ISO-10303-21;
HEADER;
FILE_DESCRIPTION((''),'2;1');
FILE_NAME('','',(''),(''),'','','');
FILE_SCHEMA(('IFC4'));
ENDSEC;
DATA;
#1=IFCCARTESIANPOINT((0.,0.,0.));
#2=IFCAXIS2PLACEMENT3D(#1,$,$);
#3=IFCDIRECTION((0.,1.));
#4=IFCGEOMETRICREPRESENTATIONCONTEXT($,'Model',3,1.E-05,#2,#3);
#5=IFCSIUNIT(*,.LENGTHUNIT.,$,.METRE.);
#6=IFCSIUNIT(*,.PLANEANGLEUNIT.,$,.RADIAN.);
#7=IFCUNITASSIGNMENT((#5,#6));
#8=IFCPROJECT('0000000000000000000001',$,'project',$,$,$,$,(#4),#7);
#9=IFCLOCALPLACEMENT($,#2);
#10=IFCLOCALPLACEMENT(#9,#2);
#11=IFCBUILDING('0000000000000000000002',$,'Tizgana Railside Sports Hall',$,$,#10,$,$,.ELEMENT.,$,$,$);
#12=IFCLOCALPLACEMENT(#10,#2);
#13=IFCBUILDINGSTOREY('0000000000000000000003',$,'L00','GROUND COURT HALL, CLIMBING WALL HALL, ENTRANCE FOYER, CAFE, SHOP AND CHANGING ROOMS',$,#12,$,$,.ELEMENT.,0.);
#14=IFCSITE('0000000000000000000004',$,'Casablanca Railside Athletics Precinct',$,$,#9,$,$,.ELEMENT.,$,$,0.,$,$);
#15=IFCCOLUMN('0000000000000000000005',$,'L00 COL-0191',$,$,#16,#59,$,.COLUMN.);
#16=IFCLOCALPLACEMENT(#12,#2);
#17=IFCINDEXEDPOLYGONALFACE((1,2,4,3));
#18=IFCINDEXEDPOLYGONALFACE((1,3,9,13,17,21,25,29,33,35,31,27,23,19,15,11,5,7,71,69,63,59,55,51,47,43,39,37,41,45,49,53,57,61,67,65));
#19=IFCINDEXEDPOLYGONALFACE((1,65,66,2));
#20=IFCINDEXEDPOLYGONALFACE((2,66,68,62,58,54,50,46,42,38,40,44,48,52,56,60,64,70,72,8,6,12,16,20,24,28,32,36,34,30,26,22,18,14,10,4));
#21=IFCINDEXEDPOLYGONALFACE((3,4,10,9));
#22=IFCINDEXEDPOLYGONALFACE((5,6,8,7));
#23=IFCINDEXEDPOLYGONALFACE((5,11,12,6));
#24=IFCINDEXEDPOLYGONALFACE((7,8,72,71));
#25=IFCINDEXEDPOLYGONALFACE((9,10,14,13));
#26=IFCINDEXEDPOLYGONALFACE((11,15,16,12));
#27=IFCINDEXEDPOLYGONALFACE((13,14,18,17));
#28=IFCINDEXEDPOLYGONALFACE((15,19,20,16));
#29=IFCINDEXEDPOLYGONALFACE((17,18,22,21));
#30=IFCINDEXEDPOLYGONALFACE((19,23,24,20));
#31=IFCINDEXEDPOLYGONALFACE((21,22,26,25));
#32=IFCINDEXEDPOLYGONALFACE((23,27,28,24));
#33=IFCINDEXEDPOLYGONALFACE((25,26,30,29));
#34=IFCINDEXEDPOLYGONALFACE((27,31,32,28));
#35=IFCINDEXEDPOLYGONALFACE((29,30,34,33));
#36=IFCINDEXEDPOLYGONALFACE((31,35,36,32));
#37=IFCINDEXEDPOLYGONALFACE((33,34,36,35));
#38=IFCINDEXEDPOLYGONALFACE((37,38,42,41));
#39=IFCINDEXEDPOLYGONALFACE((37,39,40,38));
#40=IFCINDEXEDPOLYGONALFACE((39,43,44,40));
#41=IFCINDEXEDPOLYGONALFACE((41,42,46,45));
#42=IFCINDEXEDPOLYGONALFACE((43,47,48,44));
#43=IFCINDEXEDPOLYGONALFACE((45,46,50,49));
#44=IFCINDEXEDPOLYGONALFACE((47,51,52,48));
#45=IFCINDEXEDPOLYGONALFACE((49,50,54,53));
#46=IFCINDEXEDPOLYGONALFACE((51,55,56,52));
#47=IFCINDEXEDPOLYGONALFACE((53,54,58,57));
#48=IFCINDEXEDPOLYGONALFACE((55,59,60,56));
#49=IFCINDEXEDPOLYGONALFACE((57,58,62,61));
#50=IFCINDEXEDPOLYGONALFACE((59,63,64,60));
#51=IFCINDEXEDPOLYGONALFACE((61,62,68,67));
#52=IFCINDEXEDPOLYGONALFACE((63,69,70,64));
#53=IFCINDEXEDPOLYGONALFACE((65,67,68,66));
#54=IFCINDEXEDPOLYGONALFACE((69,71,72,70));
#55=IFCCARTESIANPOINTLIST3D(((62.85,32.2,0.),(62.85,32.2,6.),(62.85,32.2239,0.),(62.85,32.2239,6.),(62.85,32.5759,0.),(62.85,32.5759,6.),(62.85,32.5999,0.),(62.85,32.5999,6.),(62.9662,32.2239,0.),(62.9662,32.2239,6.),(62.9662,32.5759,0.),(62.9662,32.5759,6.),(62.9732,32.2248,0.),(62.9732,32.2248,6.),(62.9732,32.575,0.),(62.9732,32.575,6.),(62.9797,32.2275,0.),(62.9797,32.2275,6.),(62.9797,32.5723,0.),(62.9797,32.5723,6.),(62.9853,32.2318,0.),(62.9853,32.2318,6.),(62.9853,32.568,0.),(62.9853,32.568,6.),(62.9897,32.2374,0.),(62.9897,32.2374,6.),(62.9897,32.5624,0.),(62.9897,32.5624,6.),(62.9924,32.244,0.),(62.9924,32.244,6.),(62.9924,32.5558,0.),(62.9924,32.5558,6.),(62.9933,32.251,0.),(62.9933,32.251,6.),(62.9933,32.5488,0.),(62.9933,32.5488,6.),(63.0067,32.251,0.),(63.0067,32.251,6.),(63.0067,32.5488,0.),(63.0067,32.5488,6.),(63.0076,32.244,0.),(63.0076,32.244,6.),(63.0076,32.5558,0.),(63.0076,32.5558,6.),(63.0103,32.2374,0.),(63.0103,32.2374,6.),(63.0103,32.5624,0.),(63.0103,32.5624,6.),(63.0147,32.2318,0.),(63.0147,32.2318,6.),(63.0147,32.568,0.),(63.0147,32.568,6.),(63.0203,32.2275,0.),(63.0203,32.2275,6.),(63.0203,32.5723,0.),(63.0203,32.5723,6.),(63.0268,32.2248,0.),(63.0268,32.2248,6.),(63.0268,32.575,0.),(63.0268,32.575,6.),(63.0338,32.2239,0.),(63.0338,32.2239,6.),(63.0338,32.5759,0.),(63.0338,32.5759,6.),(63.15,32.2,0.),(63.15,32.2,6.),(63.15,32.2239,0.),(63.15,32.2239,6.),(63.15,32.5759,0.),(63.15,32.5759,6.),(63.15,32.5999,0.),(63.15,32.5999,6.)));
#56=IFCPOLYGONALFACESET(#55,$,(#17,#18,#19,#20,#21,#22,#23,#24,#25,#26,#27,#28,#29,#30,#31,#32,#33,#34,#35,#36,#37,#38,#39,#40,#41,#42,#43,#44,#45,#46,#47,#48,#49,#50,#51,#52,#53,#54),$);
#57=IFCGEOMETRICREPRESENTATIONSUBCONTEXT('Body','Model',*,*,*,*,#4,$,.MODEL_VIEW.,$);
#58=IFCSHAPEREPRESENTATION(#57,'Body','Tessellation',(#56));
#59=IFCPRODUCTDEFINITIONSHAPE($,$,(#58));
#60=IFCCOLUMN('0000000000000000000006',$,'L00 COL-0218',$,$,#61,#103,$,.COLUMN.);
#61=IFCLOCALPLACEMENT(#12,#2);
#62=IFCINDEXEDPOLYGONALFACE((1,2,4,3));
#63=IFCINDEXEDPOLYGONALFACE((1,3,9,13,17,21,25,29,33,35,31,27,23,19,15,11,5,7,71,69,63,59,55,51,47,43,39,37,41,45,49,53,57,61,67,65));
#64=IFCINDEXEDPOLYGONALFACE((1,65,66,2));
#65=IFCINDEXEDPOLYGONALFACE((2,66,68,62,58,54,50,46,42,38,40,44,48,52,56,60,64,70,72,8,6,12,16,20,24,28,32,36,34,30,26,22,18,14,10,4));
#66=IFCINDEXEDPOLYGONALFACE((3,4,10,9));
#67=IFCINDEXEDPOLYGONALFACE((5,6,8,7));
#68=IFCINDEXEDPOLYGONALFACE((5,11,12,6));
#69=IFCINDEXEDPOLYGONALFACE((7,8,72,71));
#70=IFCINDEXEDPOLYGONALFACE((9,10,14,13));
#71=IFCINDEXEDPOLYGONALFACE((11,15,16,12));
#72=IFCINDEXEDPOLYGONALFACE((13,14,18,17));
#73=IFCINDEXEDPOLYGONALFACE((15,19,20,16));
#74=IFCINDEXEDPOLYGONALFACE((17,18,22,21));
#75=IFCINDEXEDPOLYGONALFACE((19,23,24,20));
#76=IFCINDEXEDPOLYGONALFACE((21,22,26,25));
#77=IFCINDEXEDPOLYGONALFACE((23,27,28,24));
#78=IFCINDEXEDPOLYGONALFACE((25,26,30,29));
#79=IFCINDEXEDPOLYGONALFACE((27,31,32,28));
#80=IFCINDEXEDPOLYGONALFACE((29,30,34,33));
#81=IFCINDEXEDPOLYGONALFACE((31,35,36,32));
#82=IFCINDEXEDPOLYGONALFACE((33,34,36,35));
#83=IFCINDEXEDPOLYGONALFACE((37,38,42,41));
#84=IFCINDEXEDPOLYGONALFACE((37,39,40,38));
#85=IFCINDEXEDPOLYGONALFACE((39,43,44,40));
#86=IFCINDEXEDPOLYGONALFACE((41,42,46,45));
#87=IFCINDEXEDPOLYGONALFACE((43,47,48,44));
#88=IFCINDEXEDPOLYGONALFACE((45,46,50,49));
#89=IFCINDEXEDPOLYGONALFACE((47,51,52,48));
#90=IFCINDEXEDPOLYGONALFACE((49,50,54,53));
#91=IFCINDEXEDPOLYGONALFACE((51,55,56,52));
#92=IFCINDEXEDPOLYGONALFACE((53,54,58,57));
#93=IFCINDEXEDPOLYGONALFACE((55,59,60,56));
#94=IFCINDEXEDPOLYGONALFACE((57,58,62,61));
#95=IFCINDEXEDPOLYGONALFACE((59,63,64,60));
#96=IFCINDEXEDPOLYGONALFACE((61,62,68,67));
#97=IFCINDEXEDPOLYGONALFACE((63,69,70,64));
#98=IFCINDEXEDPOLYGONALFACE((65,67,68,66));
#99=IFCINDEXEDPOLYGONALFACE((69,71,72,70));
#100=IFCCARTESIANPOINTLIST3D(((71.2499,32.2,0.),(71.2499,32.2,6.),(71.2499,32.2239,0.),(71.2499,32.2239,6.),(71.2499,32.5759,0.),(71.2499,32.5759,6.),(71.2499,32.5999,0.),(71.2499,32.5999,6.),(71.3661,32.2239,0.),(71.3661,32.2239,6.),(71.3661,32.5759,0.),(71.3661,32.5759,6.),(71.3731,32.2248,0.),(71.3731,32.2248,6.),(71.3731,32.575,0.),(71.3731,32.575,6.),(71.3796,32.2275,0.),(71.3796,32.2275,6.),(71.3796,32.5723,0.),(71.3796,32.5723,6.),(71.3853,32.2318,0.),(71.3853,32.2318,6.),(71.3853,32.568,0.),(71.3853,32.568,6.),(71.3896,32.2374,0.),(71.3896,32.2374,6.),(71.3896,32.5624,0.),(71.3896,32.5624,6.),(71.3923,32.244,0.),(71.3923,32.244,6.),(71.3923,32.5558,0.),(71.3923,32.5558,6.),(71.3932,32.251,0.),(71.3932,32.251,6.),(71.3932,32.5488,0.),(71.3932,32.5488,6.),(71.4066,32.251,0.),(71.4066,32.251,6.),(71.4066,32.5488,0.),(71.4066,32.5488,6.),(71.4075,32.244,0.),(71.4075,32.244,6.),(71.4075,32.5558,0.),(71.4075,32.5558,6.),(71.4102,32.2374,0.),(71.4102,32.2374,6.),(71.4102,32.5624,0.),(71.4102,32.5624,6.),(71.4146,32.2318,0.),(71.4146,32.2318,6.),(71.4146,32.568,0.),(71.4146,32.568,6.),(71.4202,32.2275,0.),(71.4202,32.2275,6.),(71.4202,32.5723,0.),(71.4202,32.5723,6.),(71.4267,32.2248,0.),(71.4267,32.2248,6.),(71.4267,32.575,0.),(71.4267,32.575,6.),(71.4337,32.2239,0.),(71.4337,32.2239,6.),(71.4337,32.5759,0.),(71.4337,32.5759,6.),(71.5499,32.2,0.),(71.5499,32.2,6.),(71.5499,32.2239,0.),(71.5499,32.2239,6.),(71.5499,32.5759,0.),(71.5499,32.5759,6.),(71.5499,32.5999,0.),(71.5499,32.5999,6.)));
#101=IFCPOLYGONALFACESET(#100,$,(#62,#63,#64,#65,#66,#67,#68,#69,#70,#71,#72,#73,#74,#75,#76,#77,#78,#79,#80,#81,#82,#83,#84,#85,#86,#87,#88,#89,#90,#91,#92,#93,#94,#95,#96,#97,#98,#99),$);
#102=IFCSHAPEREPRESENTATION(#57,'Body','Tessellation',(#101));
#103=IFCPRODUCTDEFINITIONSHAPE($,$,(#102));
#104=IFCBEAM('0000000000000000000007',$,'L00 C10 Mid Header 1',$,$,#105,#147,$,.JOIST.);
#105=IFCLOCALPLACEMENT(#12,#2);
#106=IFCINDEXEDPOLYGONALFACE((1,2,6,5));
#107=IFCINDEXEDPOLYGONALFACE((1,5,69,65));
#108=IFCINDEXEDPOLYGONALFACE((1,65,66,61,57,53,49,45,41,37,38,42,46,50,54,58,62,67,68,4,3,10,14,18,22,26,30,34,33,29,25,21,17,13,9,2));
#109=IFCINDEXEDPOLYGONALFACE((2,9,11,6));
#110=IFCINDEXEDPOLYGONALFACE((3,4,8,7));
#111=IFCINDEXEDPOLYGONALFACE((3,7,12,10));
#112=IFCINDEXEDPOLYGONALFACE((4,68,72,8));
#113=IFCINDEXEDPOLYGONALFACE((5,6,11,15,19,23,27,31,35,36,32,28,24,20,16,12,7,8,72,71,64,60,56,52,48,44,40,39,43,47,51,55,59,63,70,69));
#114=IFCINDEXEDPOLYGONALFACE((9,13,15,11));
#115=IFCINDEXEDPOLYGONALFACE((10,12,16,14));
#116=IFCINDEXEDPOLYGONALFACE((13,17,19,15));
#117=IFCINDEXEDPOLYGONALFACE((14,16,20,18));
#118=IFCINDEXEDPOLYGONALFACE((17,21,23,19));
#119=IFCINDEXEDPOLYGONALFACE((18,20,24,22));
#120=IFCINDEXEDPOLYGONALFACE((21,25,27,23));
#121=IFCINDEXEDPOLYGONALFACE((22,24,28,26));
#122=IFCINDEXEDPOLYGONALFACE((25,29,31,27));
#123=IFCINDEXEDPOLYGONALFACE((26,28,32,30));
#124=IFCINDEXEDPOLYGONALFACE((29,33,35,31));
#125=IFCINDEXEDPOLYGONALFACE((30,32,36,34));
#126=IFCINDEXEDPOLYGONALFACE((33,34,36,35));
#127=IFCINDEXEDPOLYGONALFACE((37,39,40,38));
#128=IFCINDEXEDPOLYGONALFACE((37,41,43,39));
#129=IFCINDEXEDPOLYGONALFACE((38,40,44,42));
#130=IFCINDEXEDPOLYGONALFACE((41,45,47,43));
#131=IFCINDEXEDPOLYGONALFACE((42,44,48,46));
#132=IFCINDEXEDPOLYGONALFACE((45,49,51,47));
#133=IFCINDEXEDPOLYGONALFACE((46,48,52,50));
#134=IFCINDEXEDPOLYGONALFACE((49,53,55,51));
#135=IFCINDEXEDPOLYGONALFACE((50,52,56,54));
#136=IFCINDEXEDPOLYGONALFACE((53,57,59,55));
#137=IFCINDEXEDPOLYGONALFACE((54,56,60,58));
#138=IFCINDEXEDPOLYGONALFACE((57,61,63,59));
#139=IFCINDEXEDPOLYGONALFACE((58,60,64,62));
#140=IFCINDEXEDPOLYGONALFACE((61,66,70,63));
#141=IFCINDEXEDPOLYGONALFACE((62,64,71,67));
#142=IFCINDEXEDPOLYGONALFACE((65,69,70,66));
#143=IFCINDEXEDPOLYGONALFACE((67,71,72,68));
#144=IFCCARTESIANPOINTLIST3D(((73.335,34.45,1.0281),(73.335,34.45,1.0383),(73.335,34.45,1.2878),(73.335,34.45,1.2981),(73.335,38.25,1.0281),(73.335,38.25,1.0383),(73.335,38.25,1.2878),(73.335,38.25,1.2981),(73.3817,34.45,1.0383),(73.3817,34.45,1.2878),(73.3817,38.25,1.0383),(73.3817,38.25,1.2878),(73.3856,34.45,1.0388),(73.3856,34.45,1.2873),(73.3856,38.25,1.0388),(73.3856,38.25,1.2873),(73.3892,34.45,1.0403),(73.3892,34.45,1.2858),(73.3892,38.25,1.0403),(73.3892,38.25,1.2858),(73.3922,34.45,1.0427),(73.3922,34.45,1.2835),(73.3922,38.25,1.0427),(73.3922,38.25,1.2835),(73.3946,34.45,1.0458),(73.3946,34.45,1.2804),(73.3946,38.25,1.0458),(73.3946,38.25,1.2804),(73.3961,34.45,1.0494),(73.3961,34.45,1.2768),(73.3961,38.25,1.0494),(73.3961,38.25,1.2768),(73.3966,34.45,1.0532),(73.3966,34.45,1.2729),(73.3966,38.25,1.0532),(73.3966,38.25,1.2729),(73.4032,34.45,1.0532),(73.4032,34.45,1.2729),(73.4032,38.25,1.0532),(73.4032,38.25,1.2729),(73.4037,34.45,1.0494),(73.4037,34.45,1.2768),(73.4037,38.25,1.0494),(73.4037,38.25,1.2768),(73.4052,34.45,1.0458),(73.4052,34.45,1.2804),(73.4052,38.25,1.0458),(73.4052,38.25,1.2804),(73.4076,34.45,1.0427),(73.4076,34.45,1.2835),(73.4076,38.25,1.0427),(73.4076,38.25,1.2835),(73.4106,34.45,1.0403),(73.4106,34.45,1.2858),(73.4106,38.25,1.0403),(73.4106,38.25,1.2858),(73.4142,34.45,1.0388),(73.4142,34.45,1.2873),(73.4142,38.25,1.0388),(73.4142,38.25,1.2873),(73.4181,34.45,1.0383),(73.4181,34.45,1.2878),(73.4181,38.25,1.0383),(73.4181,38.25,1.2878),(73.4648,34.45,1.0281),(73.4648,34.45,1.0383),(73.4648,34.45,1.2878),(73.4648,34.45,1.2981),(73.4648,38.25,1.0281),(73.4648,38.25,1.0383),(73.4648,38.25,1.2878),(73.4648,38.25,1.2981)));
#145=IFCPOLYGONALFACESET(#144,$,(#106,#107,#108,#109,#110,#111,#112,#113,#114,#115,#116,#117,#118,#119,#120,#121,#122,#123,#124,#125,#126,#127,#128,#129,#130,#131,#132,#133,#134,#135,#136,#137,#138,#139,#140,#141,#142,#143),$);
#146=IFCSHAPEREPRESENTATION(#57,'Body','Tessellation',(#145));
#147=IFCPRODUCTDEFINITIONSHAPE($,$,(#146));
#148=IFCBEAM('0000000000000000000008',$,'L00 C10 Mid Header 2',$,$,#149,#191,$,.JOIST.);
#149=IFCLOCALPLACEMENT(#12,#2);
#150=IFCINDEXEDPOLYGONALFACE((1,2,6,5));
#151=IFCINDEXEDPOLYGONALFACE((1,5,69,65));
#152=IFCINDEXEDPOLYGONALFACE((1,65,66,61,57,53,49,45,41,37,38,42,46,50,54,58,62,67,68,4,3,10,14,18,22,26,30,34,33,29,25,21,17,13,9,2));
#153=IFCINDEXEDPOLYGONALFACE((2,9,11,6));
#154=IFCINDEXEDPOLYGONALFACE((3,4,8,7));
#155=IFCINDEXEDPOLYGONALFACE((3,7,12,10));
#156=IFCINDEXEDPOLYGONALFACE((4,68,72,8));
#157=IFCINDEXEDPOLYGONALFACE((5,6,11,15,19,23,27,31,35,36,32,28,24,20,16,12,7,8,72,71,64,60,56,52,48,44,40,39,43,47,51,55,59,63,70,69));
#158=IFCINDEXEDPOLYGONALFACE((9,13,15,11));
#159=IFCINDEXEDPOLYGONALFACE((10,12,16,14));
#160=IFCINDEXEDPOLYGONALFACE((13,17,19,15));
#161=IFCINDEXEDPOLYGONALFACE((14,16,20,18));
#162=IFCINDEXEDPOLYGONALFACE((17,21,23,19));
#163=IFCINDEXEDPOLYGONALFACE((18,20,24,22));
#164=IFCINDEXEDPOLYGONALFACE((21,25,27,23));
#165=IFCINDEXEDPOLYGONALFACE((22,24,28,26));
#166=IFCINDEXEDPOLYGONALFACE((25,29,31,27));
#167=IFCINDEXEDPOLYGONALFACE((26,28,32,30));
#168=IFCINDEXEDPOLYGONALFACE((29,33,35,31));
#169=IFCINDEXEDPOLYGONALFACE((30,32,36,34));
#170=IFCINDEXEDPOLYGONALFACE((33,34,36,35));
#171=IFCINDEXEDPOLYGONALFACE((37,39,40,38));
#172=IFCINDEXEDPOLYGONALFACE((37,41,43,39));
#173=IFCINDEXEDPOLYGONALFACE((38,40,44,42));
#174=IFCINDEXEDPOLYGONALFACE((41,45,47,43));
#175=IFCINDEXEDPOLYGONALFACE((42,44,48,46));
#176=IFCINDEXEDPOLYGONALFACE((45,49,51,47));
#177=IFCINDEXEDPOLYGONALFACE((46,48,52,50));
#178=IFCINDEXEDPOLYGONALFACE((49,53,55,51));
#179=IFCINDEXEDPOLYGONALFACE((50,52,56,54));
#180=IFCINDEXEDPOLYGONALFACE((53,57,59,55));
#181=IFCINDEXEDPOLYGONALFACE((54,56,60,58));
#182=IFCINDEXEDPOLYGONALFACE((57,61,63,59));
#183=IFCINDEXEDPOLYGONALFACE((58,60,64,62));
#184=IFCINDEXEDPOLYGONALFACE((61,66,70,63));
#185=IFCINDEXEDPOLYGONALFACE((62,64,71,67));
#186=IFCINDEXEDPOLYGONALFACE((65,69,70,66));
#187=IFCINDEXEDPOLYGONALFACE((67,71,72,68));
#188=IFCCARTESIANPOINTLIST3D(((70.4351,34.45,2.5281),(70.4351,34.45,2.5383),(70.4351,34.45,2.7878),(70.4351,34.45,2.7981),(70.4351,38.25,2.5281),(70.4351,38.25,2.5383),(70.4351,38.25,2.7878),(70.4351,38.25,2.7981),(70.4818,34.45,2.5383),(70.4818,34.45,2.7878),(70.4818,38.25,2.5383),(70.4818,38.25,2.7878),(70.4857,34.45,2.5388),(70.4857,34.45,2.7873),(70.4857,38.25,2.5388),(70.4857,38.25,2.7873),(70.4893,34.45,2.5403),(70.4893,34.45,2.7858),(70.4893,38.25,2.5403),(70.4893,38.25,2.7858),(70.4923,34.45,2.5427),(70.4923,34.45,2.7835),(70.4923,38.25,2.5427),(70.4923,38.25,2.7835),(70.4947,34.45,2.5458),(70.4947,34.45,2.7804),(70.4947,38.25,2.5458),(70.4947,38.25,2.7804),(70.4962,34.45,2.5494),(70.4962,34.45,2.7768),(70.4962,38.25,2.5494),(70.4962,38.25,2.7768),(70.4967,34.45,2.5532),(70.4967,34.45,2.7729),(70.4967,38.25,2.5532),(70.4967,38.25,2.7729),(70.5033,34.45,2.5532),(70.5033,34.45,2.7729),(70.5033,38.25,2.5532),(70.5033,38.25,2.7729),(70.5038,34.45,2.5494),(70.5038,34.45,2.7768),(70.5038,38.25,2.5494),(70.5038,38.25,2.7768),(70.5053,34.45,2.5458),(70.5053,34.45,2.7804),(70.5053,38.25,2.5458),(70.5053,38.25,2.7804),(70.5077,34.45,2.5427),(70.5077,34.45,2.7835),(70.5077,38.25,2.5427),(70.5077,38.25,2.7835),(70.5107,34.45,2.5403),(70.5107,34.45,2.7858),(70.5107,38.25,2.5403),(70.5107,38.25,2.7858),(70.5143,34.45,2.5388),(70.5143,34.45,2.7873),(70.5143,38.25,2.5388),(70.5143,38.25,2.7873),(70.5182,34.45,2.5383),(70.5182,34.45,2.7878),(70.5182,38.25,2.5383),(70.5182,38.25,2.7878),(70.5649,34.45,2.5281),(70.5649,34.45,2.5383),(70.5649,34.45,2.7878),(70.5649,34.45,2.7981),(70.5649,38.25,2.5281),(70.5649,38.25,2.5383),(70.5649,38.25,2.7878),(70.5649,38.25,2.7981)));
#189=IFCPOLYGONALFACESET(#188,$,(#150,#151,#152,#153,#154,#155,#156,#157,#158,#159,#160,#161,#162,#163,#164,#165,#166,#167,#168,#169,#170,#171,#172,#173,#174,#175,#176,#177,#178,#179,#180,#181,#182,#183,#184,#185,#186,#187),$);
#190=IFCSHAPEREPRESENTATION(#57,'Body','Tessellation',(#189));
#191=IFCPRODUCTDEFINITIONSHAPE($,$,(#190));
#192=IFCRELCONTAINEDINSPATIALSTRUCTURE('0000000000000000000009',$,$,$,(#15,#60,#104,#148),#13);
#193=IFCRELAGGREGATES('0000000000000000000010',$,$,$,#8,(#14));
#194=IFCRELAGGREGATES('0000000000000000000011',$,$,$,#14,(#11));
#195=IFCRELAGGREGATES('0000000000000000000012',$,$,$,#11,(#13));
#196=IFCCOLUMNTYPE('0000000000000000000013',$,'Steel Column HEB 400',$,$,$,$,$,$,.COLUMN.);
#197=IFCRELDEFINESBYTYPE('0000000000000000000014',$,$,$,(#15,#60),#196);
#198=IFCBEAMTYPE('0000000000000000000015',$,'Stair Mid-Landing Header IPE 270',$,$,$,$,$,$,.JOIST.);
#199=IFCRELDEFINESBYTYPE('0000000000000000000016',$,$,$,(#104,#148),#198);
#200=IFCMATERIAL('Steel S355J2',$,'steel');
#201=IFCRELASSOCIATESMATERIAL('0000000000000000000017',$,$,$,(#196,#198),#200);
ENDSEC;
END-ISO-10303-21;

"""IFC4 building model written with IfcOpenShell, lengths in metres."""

from ifc_helpers import new_model, si_unit, direction, frame, origin, origin_2d, place, context, subcontext, project, spatial, i_section, extrude, material, material_profile, profile_set, type_object, element, save


model = new_model("IFC4")

# Units and contexts
model_context = context("Model", 3, precision=1e-05, world=origin(), true_north=direction((0.0, 1.0)))
body_context = subcontext(model_context, "Body", "Model", "MODEL_VIEW")
ifc_project = project(units=[si_unit("LENGTHUNIT", "METRE"), si_unit("PLANEANGLEUNIT", "RADIAN")], contexts=[model_context])

# Site, building, storey
site_placement = place(None, origin())
site = spatial("IfcSite", under=ifc_project, at=site_placement, Name="Casablanca Railside Athletics Precinct", CompositionType="ELEMENT", RefElevation=0.0)
building_placement = place(site_placement, origin())
building = spatial("IfcBuilding", under=site, at=building_placement, Name="Tizgana Railside Sports Hall", CompositionType="ELEMENT")
storey_placement = place(building_placement, origin())
storey = spatial("IfcBuildingStorey", under=building, at=storey_placement, Name="L00", Description="GROUND COURT HALL, CLIMBING WALL HALL, ENTRANCE FOYER, CAFE, SHOP AND CHANGING ROOMS", CompositionType="ELEMENT", Elevation=0.0)

# Columns
ifc_material_1 = material(Name="Steel S355J2", Category="steel")
ifc_material_profile_1 = material_profile(ifc_material_1, i_section(OverallWidth=0.3, OverallDepth=0.3999, WebThickness=0.0134, FlangeThickness=0.0239, FilletRadius=0.0271, at=origin_2d()), Name="HEB 400")
ifc_profile_set_1 = profile_set([ifc_material_profile_1], Name="Steel S355J2")
column_type = type_object("IfcColumnType", Name="Steel Column HEB 400", PredefinedType="COLUMN", material=ifc_profile_set_1)
for number, where, z_axis, x_axis, name in (
    (1, (63.0, 32.3999, 0.0), (0.0, 0.0, 1.0), (1.0, 0.0, 0.0), "L00 COL-0191"),
    (2, (71.3999, 32.3999, 0.0), (0.0, 0.0, 1.0), (1.0, 0.0, 0.0), "L00 COL-0218"),
):
    element("IfcColumn", number, at=place(storey_placement, frame(where, z_axis=z_axis, x_axis=x_axis)), inside=storey, type_object=column_type, Name=name, PredefinedType="COLUMN", context=body_context, shape_type="SweptSolid", body=[
        extrude(i_section(OverallWidth=0.3, OverallDepth=0.3999, WebThickness=0.0134, FlangeThickness=0.0239, FilletRadius=0.0271, at=origin_2d()), origin(), (0.0, 0.0, 1.0), 6.0),
    ])

# Beams
ifc_material_profile_2 = material_profile(ifc_material_1, i_section(OverallWidth=0.1299, OverallDepth=0.27, WebThickness=0.0066, FlangeThickness=0.0103, FilletRadius=0.0149, at=origin_2d()), Name="IPE 270")
ifc_profile_set_2 = profile_set([ifc_material_profile_2], Name="Steel S355J2")
beam_type_1 = type_object("IfcBeamType", Name="Stair Mid-Landing Header IPE 270", PredefinedType="JOIST", material=ifc_profile_set_2)
for number, where, z_axis, x_axis, name in (
    (3, (73.3999, 34.45, 1.1631), (0.0, 1.0, 0.0), (-1.0, 0.0, 0.0), "L00 C10 Mid Header 1"),
    (4, (70.5, 34.45, 2.6631), (0.0, 1.0, 0.0), (-1.0, 0.0, 0.0), "L00 C10 Mid Header 2"),
):
    element("IfcBeam", number, at=place(storey_placement, frame(where, z_axis=z_axis, x_axis=x_axis)), inside=storey, type_object=beam_type_1, Name=name, PredefinedType="JOIST", context=body_context, shape_type="SweptSolid", body=[
        extrude(i_section(OverallWidth=0.1299, OverallDepth=0.27, WebThickness=0.0066, FlangeThickness=0.0103, FilletRadius=0.0149, at=origin_2d()), origin(), (0.0, 0.0, 1.0), 3.8),
    ])

save(model, "model.ifc")
